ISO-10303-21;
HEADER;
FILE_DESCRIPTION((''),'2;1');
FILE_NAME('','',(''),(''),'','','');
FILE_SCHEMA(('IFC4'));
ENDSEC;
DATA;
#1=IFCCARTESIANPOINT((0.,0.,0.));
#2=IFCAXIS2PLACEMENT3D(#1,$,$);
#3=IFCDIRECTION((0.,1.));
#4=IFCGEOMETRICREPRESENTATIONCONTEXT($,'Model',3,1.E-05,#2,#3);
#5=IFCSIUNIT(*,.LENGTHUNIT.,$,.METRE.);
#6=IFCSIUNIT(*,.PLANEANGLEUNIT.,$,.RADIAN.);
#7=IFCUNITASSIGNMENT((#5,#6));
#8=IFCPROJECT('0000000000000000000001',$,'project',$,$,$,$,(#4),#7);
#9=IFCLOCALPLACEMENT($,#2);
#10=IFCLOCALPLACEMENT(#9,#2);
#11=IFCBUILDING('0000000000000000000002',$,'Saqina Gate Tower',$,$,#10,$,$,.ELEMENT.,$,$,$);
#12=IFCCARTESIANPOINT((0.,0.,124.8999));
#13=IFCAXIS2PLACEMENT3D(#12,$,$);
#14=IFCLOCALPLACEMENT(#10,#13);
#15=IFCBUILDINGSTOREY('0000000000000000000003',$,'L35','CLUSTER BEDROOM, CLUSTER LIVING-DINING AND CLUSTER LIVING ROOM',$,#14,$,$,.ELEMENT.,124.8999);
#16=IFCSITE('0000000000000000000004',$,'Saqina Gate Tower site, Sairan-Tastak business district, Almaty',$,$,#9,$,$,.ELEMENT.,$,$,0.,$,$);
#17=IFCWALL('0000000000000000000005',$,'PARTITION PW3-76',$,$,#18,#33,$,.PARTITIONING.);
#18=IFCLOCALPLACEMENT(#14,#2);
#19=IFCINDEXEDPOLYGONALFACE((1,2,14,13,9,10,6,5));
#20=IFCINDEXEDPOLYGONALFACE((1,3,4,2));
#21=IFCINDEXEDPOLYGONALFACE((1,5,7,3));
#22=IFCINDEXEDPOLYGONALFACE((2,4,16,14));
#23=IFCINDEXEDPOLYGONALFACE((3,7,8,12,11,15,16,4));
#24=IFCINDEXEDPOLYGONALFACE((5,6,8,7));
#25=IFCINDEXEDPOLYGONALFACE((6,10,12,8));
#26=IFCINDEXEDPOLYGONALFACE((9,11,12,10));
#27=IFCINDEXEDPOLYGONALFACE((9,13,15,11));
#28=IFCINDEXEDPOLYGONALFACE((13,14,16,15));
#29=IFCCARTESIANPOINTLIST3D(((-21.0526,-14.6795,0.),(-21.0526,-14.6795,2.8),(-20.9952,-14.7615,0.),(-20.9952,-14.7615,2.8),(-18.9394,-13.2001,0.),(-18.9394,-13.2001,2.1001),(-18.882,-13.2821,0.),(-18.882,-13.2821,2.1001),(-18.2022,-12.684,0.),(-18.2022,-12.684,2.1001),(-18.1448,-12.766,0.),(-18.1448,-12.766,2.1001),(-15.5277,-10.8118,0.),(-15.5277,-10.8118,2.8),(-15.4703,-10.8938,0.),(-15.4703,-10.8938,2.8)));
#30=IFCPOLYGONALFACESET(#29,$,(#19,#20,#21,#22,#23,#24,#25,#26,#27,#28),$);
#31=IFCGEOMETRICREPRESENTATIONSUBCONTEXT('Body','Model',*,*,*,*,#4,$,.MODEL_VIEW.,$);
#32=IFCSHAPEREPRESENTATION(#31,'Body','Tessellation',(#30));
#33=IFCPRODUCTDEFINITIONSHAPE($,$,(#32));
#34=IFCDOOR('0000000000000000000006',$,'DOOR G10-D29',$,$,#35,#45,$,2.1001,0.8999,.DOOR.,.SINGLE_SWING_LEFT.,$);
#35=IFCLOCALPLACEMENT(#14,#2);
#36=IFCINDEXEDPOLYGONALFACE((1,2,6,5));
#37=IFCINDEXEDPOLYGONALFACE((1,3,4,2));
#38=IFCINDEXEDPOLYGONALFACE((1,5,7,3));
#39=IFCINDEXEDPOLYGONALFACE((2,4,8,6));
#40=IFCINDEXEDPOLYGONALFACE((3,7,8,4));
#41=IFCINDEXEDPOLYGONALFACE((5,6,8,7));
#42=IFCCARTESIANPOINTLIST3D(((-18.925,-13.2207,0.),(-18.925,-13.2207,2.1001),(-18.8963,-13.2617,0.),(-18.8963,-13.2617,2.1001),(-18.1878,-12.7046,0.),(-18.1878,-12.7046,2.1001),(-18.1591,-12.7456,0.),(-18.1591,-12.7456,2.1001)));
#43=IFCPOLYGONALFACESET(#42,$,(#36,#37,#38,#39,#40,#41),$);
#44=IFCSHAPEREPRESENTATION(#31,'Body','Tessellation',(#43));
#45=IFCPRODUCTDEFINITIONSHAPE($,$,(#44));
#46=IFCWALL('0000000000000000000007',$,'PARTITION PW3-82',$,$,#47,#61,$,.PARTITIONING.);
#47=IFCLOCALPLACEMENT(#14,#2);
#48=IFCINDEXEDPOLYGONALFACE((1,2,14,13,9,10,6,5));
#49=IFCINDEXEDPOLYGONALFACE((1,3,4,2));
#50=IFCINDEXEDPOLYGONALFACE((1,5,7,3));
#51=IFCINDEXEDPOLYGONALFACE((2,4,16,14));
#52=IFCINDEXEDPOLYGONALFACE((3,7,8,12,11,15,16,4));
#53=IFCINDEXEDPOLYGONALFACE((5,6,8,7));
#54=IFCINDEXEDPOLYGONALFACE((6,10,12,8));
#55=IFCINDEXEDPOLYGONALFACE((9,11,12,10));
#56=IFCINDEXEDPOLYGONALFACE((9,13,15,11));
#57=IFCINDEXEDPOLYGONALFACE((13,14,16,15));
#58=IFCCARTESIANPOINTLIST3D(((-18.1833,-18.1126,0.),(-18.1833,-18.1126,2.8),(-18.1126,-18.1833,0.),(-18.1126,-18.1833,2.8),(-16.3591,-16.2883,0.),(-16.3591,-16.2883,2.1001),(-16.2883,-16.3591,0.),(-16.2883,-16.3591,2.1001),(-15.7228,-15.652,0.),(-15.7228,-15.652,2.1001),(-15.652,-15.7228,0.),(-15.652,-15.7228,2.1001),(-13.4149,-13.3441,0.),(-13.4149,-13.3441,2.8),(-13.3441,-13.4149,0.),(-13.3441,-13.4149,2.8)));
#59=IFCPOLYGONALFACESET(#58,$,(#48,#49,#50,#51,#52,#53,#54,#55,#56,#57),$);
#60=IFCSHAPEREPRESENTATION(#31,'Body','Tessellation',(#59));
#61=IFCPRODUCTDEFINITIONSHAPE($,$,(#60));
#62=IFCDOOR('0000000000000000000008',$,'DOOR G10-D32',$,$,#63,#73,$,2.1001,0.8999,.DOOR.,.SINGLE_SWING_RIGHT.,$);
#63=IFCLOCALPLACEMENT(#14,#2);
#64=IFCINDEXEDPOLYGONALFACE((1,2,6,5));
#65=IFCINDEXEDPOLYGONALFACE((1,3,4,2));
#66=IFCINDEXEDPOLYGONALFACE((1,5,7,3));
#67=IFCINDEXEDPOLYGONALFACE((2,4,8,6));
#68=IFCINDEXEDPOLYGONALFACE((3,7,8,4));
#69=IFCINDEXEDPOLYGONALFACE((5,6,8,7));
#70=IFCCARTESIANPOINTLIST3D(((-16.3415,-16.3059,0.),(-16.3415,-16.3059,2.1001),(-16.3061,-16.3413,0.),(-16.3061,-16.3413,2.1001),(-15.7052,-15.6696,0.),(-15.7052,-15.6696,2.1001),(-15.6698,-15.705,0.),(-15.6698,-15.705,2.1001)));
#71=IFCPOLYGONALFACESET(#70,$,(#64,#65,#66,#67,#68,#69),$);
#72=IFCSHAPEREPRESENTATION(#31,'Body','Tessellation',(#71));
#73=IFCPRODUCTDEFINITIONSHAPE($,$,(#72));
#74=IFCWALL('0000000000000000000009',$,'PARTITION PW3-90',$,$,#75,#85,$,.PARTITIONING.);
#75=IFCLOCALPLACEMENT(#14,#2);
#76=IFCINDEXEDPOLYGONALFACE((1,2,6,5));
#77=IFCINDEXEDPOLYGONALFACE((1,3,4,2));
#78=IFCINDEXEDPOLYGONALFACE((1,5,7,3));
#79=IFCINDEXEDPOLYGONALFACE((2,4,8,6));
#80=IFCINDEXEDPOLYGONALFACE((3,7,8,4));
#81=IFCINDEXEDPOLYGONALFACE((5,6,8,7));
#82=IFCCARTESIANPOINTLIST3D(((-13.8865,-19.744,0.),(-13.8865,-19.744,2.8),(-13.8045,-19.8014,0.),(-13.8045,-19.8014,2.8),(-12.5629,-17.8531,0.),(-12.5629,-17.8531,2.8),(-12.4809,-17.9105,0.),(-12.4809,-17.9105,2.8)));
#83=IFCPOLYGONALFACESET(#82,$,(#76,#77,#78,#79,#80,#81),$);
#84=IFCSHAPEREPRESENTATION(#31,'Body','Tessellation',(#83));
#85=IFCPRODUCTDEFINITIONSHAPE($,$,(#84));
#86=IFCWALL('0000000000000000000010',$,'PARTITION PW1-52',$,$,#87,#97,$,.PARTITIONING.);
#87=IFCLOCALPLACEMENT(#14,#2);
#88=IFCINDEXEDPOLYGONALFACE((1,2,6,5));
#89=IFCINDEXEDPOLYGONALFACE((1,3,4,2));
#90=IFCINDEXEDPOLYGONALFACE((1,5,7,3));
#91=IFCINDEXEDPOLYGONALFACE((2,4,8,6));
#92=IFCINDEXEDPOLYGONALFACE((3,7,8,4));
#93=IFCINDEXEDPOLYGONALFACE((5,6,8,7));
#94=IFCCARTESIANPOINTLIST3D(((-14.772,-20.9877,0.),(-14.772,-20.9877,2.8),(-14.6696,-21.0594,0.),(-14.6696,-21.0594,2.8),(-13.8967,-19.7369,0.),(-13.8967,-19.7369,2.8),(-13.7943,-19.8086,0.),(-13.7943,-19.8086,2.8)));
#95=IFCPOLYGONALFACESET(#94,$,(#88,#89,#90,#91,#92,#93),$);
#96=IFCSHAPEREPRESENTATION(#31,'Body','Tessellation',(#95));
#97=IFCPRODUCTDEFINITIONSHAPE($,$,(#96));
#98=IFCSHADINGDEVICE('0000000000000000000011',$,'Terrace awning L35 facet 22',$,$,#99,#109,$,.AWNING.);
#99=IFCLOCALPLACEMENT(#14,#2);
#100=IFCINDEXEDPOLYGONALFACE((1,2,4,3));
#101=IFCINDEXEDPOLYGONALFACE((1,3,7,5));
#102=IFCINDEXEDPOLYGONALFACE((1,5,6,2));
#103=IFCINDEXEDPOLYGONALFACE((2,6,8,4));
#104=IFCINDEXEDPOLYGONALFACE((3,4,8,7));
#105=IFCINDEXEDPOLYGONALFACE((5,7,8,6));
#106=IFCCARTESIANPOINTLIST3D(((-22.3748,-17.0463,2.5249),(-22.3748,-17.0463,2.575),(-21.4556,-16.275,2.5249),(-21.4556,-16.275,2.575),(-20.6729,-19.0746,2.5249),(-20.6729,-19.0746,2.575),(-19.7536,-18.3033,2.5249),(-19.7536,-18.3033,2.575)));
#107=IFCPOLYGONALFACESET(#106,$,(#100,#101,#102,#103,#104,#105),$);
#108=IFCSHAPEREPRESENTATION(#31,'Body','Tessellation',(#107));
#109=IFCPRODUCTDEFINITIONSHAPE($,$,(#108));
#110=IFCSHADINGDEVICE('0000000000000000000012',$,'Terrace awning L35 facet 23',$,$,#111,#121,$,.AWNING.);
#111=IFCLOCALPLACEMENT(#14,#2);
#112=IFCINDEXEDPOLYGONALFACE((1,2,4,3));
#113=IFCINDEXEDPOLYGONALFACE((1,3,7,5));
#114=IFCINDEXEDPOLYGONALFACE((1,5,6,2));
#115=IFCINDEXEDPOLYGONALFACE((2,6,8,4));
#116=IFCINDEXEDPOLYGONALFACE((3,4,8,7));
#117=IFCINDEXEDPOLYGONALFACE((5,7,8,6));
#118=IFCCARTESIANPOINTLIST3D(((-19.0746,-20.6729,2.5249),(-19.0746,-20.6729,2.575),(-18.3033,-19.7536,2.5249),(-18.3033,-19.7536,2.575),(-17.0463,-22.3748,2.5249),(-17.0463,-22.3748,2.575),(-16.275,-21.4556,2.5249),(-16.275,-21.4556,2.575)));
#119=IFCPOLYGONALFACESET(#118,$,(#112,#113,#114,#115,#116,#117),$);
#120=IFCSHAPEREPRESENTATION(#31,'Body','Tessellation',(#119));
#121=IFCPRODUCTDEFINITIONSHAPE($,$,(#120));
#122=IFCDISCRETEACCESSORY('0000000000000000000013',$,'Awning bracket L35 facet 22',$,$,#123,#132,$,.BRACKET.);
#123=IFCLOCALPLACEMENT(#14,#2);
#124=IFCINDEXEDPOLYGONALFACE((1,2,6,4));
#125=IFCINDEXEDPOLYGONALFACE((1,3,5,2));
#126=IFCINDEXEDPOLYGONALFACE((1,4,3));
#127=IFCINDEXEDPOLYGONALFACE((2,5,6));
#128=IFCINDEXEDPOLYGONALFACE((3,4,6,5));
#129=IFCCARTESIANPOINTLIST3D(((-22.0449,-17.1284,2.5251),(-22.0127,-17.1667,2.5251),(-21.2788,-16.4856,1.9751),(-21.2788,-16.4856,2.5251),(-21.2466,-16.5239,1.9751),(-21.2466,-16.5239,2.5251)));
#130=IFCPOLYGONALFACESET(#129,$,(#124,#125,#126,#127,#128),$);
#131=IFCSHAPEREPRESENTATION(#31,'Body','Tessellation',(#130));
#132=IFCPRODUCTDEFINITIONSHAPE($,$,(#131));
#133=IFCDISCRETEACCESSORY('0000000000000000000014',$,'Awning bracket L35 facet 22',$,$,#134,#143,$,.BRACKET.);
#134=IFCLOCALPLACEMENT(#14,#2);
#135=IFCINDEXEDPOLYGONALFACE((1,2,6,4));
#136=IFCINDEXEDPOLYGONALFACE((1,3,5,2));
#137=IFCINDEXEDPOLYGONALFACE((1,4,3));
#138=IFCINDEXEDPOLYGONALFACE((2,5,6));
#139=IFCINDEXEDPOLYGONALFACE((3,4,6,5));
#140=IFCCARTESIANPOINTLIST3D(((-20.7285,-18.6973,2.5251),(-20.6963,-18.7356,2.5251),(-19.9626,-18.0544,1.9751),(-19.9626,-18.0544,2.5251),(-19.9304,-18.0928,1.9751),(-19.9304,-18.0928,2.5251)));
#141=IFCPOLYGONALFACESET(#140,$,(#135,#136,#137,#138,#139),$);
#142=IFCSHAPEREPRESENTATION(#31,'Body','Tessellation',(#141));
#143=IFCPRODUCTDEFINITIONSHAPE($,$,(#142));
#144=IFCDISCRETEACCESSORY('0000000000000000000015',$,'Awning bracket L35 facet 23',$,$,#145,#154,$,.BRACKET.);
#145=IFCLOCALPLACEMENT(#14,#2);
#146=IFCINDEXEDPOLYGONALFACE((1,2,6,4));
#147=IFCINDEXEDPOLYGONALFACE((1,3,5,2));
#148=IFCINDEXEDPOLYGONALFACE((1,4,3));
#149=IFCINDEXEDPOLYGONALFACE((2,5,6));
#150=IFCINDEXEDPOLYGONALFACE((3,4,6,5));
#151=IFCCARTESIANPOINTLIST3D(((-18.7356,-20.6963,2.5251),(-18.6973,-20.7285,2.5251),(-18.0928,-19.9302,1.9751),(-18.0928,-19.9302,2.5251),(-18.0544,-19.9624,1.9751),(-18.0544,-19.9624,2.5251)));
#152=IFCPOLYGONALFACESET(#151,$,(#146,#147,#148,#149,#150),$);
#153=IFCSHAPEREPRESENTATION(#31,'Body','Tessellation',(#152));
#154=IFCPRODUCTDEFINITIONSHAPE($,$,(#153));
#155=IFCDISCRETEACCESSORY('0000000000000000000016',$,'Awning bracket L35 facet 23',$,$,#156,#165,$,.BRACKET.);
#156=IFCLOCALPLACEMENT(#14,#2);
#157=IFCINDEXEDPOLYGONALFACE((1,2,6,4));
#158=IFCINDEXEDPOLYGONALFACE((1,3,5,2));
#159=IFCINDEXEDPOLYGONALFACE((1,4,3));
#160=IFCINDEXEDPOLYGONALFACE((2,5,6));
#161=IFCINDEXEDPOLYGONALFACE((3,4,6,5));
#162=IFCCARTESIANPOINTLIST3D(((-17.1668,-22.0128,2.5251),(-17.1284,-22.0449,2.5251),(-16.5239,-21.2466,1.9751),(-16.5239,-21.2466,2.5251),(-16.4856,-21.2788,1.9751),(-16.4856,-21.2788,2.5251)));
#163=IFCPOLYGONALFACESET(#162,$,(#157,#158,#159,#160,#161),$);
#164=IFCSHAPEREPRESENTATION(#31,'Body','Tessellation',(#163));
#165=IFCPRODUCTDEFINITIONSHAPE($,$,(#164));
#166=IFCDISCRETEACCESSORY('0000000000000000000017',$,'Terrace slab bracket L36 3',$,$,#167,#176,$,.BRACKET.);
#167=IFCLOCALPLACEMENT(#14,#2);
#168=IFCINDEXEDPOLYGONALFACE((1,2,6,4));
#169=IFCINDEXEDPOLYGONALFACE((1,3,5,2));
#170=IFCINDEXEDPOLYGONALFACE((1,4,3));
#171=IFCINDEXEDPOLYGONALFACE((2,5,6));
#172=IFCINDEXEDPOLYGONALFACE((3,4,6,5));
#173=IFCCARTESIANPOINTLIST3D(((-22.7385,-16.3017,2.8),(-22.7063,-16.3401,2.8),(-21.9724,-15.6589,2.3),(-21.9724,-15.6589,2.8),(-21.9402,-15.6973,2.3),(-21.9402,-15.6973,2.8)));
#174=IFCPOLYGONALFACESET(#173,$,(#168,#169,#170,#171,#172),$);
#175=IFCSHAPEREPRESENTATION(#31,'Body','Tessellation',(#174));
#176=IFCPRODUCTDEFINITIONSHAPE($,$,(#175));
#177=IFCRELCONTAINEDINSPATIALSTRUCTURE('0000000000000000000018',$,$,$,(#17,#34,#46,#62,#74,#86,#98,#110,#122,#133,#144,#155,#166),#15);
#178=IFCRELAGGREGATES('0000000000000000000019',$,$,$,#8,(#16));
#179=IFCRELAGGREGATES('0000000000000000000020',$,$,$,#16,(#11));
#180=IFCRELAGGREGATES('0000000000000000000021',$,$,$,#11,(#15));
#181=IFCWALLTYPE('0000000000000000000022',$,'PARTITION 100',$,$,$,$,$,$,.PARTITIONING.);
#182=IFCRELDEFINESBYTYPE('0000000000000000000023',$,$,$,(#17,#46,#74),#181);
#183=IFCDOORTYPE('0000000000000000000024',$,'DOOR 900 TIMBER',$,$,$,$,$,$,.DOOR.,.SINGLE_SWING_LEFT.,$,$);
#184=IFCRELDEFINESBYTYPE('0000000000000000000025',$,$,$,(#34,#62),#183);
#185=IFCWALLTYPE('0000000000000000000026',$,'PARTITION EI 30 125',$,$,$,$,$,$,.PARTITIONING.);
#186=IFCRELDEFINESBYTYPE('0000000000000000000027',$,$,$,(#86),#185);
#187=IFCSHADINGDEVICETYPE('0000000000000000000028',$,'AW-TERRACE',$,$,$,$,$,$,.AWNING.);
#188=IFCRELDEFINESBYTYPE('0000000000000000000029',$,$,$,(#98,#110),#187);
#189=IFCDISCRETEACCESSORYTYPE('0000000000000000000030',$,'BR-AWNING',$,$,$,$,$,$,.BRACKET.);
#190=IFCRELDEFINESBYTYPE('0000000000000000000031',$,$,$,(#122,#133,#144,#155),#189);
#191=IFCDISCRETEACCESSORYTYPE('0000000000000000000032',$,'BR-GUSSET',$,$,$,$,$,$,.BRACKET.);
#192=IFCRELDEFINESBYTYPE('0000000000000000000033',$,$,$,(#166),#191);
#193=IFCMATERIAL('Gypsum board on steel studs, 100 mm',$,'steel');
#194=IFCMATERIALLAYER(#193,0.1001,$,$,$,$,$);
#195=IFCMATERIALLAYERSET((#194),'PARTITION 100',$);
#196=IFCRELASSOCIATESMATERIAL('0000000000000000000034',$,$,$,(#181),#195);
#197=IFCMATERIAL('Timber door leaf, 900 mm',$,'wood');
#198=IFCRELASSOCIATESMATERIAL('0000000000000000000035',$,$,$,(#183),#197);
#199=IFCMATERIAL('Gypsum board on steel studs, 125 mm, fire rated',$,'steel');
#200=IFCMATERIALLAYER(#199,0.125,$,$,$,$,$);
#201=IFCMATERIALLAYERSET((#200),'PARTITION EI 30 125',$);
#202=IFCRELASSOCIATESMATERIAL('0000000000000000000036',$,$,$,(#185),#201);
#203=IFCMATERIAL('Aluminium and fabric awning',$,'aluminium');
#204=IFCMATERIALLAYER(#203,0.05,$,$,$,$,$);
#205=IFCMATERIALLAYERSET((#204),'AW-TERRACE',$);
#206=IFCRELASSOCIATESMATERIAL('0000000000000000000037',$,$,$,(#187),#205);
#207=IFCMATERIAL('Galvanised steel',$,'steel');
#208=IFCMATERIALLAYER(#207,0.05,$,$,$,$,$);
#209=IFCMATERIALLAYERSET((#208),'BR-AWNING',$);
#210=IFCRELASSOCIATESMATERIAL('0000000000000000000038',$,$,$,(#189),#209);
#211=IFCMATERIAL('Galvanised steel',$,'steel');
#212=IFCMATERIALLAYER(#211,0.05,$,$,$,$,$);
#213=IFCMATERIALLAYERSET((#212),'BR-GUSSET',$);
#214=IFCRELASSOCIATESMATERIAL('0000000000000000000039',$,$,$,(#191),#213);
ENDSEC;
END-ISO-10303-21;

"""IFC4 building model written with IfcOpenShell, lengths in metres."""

from ifc_helpers import new_model, si_unit, direction, frame, frame_2d, origin, origin_2d, place, context, subcontext, project, spatial, polyline, rectangle, outline, extrude, material, layer, layer_set, type_object, element, fill, save


model = new_model("IFC4")

# Units and contexts
model_context = context("Model", 3, precision=1e-05, world=origin(), true_north=direction((0.0, 1.0)))
body_context = subcontext(model_context, "Body", "Model", "MODEL_VIEW")
ifc_project = project(units=[si_unit("LENGTHUNIT", "METRE"), si_unit("PLANEANGLEUNIT", "RADIAN")], contexts=[model_context])

# Site, building, storey
site_placement = place(None, origin())
site = spatial("IfcSite", under=ifc_project, at=site_placement, Name="Saqina Gate Tower site, Sairan-Tastak business district, Almaty", CompositionType="ELEMENT", RefElevation=0.0)
building_placement = place(site_placement, origin())
building = spatial("IfcBuilding", under=site, at=building_placement, Name="Saqina Gate Tower", CompositionType="ELEMENT")
storey_placement = place(building_placement, frame((0.0, 0.0, 124.8999)))
storey = spatial("IfcBuildingStorey", under=building, at=storey_placement, Name="L35", Description="CLUSTER BEDROOM, CLUSTER LIVING-DINING AND CLUSTER LIVING ROOM", CompositionType="ELEMENT", Elevation=124.8999)

# Walls, openings, doors
ifc_material_1 = material(Name="Gypsum board on steel studs, 100 mm", Category="steel")
ifc_layer_1 = layer(ifc_material_1, 0.1001)
ifc_layer_set_1 = layer_set([ifc_layer_1], Name="PARTITION 100")
wall_type_1 = type_object("IfcWallType", Name="PARTITION 100", PredefinedType="PARTITIONING", material=ifc_layer_set_1)
wall_1_placement = place(storey_placement, frame((-21.0239, -14.7205, 0.0), z_axis=(0.0, 0.0, 1.0), x_axis=(0.819215, 0.573487, 0.0)))
wall_1 = element("IfcWall", 1, at=wall_1_placement, inside=storey, type_object=wall_type_1, Name="PARTITION PW3-76", PredefinedType="PARTITIONING", context=body_context, shape_type="SweptSolid", body=[
    extrude(rectangle(XDim=6.7441, YDim=0.1001, at=frame_2d((3.3721, 0.0))), origin(), (0.0, 0.0, 1.0), 2.8),
])
opening_1_placement = place(wall_1_placement, frame((2.5796, 0.0, 0.0)))
opening_1 = element("IfcOpeningElement", 2, at=opening_1_placement, cuts=wall_1, PredefinedType="OPENING", context=body_context, shape_type="SweptSolid", body=[
    extrude(rectangle(XDim=0.8999, YDim=2.1001, at=frame_2d((0.45, 1.05))), frame((0.0, 0.062, 0.0), z_axis=(0.0, -1.0, 0.0), x_axis=(1.0, 0.0, 0.0)), (0.0, 0.0, 1.0), 0.124),
])
ifc_material_2 = material(Name="Timber door leaf, 900 mm", Category="wood")
door_type_1 = type_object("IfcDoorType", Name="DOOR 900 TIMBER", OperationType="SINGLE_SWING_LEFT", PredefinedType="DOOR", material=ifc_material_2)
door_1_placement = place(opening_1_placement, origin())
door_1 = element("IfcDoor", 3, at=door_1_placement, inside=storey, type_object=door_type_1, Name="DOOR G10-D29", OperationType="SINGLE_SWING_LEFT", OverallHeight=2.1001, OverallWidth=0.8999, PredefinedType="DOOR", context=body_context, shape_type="SweptSolid", body=[
    extrude(rectangle(XDim=0.8999, YDim=2.1001, at=frame_2d((0.45, 1.05))), frame((0.0, 0.0249, 0.0), z_axis=(0.0, -1.0, 0.0), x_axis=(1.0, 0.0, 0.0)), (0.0, 0.0, 1.0), 0.05),
])
fill(opening_1, door_1)
wall_2_placement = place(storey_placement, frame((-18.1479, -18.1479, 0.0), z_axis=(0.0, 0.0, 1.0), x_axis=(0.707107, 0.707107, 0.0)))
wall_2 = element("IfcWall", 4, at=wall_2_placement, inside=storey, type_object=wall_type_1, Name="PARTITION PW3-82", PredefinedType="PARTITIONING", context=body_context, shape_type="SweptSolid", body=[
    extrude(rectangle(XDim=6.7437, YDim=0.1001, at=frame_2d((3.3718, 0.0))), origin(), (0.0, 0.0, 1.0), 2.8),
])
opening_2_placement = place(wall_2_placement, frame((2.5798, 0.0, 0.0)))
opening_2 = element("IfcOpeningElement", 5, at=opening_2_placement, cuts=wall_2, PredefinedType="OPENING", context=body_context, shape_type="SweptSolid", body=[
    extrude(rectangle(XDim=0.8999, YDim=2.1001, at=frame_2d((0.45, 1.05))), frame((0.0, 0.062, 0.0), z_axis=(0.0, -1.0, 0.0), x_axis=(1.0, 0.0, 0.0)), (0.0, 0.0, 1.0), 0.124),
])
door_2_placement = place(opening_2_placement, frame((0.8999, 0.0, 0.0), z_axis=(0.0, 0.0, 1.0), x_axis=(-1.0, 0.0, 0.0)))
door_2 = element("IfcDoor", 6, at=door_2_placement, inside=storey, type_object=door_type_1, Name="DOOR G10-D32", OperationType="SINGLE_SWING_RIGHT", OverallHeight=2.1001, OverallWidth=0.8999, PredefinedType="DOOR", context=body_context, shape_type="SweptSolid", body=[
    extrude(rectangle(XDim=0.8999, YDim=2.1001, at=frame_2d((0.45, 1.05))), frame((0.0, 0.0249, 0.0), z_axis=(0.0, -1.0, 0.0), x_axis=(1.0, 0.0, 0.0)), (0.0, 0.0, 1.0), 0.05),
])
fill(opening_2, door_2)

# Walls
wall_3_placement = place(storey_placement, frame((-13.8455, -19.7727, 0.0), z_axis=(0.0, 0.0, 1.0), x_axis=(0.573427, 0.819257, 0.0)))
element("IfcWall", 7, at=wall_3_placement, inside=storey, type_object=wall_type_1, Name="PARTITION PW3-90", PredefinedType="PARTITIONING", context=body_context, shape_type="SweptSolid", body=[
    extrude(rectangle(XDim=2.3081, YDim=0.1001, at=frame_2d((1.1541, 0.0))), origin(), (0.0, 0.0, 1.0), 2.8),
])
ifc_material_3 = material(Name="Gypsum board on steel studs, 125 mm, fire rated", Category="steel")
ifc_layer_2 = layer(ifc_material_3, 0.125)
ifc_layer_set_2 = layer_set([ifc_layer_2], Name="PARTITION EI 30 125")
wall_type_2 = type_object("IfcWallType", Name="PARTITION EI 30 125", PredefinedType="PARTITIONING", material=ifc_layer_set_2)
wall_4_placement = place(storey_placement, frame((-14.7207, -21.0234, 0.0), z_axis=(0.0, 0.0, 1.0), x_axis=(0.573344, 0.819315, 0.0)))
element("IfcWall", 8, at=wall_4_placement, inside=storey, type_object=wall_type_2, Name="PARTITION PW1-52", PredefinedType="PARTITIONING", context=body_context, shape_type="SweptSolid", body=[
    extrude(rectangle(XDim=1.5266, YDim=0.125, at=frame_2d((0.7632, 0.0))), origin(), (0.0, 0.0, 1.0), 2.8),
])

# Shading devices
ifc_material_4 = material(Name="Aluminium and fabric awning", Category="aluminium")
ifc_layer_3 = layer(ifc_material_4, 0.05)
ifc_layer_set_3 = layer_set([ifc_layer_3], Name="AW-TERRACE")
shading_device_type = type_object("IfcShadingDeviceType", Name="AW-TERRACE", PredefinedType="AWNING", material=ifc_layer_set_3)
for number, where, z_axis, x_axis, name in (
    (9, (-21.0642, -17.6748, 2.5249), (0.0, 0.0, 1.0), (0.642788, -0.766044, 0.0), "Terrace awning L35 facet 22"),
    (10, (-17.6748, -21.0642, 2.5249), (0.0, 0.0, 1.0), (0.766044, -0.642788, 0.0), "Terrace awning L35 facet 23"),
):
    element("IfcShadingDevice", number, at=place(storey_placement, frame(where, z_axis=z_axis, x_axis=x_axis)), inside=storey, type_object=shading_device_type, Name=name, PredefinedType="AWNING", context=body_context, shape_type="SweptSolid", body=[
        extrude(rectangle(XDim=2.6477, YDim=1.2, at=origin_2d()), origin(), (0.0, 0.0, 1.0), 0.05),
    ])

# Discrete accessories
ifc_material_5 = material(Name="Galvanised steel", Category="steel")
ifc_layer_4 = layer(ifc_material_5, 0.05)
ifc_layer_set_4 = layer_set([ifc_layer_4], Name="BR-AWNING")
discrete_accessory_type_1 = type_object("IfcDiscreteAccessoryType", Name="BR-AWNING", PredefinedType="BRACKET", material=ifc_layer_set_4)
discrete_accessory_1_placement = place(storey_placement, frame((-21.2466, -16.5239, 1.9751), z_axis=(0.642774, -0.766056, 0.0), x_axis=(0.0, 0.0, 1.0)))
element("IfcDiscreteAccessory", 11, at=discrete_accessory_1_placement, inside=storey, type_object=discrete_accessory_type_1, Name="Awning bracket L35 facet 22", PredefinedType="BRACKET", context=body_context, shape_type="SweptSolid", body=[
    extrude(outline(polyline([(0.0, 0.0), (0.55, 0.0), (0.55, 1.0001), (0.0, 0.0)])), origin(), (0.0, 0.0, -1.0), 0.05),
])
discrete_accessory_2_placement = place(storey_placement, frame((-19.9304, -18.0928, 1.9751), z_axis=(0.642894, -0.765955, 0.0), x_axis=(0.0, 0.0, 1.0)))
element("IfcDiscreteAccessory", 12, at=discrete_accessory_2_placement, inside=storey, type_object=discrete_accessory_type_1, Name="Awning bracket L35 facet 22", PredefinedType="BRACKET", context=body_context, shape_type="SweptSolid", body=[
    extrude(outline(polyline([(0.0, 0.0), (0.55, 0.0), (0.55, 0.9999), (0.0, 0.0)])), origin(), (0.0, 0.0, -1.0), 0.05),
])
for number, where, z_axis, x_axis, name in (
    (13, (-18.0544, -19.9624, 1.9751), (0.766056, -0.642774, 0.0), (0.0, 0.0, 1.0), "Awning bracket L35 facet 23"),
    (14, (-16.4856, -21.2788, 1.9751), (0.766056, -0.642774, 0.0), (0.0, 0.0, 1.0), "Awning bracket L35 facet 23"),
):
    element("IfcDiscreteAccessory", number, at=place(storey_placement, frame(where, z_axis=z_axis, x_axis=x_axis)), inside=storey, type_object=discrete_accessory_type_1, Name=name, PredefinedType="BRACKET", context=body_context, shape_type="SweptSolid", body=[
        extrude(outline(polyline([(0.0, 0.0), (0.55, 0.0), (0.55, 1.0001), (0.0, 0.0)])), origin(), (0.0, 0.0, -1.0), 0.05),
    ])
ifc_material_6 = material(Name="Galvanised steel", Category="steel")
ifc_layer_5 = layer(ifc_material_6, 0.05)
ifc_layer_set_5 = layer_set([ifc_layer_5], Name="BR-GUSSET")
discrete_accessory_type_2 = type_object("IfcDiscreteAccessoryType", Name="BR-GUSSET", PredefinedType="BRACKET", material=ifc_layer_set_5)
for number, where, z_axis, x_axis, name in (
    (15, (-21.9402, -15.6973, 2.3), (0.642774, -0.766056, 0.0), (0.0, 0.0, 1.0), "Terrace slab bracket L36 3"),
):
    element("IfcDiscreteAccessory", number, at=place(storey_placement, frame(where, z_axis=z_axis, x_axis=x_axis)), inside=storey, type_object=discrete_accessory_type_2, Name=name, PredefinedType="BRACKET", context=body_context, shape_type="SweptSolid", body=[
        extrude(outline(polyline([(0.0, 0.0), (0.5, 0.0), (0.5, 1.0001), (0.0, 0.0)])), origin(), (0.0, 0.0, -1.0), 0.05),
    ])

save(model, "model.ifc")
